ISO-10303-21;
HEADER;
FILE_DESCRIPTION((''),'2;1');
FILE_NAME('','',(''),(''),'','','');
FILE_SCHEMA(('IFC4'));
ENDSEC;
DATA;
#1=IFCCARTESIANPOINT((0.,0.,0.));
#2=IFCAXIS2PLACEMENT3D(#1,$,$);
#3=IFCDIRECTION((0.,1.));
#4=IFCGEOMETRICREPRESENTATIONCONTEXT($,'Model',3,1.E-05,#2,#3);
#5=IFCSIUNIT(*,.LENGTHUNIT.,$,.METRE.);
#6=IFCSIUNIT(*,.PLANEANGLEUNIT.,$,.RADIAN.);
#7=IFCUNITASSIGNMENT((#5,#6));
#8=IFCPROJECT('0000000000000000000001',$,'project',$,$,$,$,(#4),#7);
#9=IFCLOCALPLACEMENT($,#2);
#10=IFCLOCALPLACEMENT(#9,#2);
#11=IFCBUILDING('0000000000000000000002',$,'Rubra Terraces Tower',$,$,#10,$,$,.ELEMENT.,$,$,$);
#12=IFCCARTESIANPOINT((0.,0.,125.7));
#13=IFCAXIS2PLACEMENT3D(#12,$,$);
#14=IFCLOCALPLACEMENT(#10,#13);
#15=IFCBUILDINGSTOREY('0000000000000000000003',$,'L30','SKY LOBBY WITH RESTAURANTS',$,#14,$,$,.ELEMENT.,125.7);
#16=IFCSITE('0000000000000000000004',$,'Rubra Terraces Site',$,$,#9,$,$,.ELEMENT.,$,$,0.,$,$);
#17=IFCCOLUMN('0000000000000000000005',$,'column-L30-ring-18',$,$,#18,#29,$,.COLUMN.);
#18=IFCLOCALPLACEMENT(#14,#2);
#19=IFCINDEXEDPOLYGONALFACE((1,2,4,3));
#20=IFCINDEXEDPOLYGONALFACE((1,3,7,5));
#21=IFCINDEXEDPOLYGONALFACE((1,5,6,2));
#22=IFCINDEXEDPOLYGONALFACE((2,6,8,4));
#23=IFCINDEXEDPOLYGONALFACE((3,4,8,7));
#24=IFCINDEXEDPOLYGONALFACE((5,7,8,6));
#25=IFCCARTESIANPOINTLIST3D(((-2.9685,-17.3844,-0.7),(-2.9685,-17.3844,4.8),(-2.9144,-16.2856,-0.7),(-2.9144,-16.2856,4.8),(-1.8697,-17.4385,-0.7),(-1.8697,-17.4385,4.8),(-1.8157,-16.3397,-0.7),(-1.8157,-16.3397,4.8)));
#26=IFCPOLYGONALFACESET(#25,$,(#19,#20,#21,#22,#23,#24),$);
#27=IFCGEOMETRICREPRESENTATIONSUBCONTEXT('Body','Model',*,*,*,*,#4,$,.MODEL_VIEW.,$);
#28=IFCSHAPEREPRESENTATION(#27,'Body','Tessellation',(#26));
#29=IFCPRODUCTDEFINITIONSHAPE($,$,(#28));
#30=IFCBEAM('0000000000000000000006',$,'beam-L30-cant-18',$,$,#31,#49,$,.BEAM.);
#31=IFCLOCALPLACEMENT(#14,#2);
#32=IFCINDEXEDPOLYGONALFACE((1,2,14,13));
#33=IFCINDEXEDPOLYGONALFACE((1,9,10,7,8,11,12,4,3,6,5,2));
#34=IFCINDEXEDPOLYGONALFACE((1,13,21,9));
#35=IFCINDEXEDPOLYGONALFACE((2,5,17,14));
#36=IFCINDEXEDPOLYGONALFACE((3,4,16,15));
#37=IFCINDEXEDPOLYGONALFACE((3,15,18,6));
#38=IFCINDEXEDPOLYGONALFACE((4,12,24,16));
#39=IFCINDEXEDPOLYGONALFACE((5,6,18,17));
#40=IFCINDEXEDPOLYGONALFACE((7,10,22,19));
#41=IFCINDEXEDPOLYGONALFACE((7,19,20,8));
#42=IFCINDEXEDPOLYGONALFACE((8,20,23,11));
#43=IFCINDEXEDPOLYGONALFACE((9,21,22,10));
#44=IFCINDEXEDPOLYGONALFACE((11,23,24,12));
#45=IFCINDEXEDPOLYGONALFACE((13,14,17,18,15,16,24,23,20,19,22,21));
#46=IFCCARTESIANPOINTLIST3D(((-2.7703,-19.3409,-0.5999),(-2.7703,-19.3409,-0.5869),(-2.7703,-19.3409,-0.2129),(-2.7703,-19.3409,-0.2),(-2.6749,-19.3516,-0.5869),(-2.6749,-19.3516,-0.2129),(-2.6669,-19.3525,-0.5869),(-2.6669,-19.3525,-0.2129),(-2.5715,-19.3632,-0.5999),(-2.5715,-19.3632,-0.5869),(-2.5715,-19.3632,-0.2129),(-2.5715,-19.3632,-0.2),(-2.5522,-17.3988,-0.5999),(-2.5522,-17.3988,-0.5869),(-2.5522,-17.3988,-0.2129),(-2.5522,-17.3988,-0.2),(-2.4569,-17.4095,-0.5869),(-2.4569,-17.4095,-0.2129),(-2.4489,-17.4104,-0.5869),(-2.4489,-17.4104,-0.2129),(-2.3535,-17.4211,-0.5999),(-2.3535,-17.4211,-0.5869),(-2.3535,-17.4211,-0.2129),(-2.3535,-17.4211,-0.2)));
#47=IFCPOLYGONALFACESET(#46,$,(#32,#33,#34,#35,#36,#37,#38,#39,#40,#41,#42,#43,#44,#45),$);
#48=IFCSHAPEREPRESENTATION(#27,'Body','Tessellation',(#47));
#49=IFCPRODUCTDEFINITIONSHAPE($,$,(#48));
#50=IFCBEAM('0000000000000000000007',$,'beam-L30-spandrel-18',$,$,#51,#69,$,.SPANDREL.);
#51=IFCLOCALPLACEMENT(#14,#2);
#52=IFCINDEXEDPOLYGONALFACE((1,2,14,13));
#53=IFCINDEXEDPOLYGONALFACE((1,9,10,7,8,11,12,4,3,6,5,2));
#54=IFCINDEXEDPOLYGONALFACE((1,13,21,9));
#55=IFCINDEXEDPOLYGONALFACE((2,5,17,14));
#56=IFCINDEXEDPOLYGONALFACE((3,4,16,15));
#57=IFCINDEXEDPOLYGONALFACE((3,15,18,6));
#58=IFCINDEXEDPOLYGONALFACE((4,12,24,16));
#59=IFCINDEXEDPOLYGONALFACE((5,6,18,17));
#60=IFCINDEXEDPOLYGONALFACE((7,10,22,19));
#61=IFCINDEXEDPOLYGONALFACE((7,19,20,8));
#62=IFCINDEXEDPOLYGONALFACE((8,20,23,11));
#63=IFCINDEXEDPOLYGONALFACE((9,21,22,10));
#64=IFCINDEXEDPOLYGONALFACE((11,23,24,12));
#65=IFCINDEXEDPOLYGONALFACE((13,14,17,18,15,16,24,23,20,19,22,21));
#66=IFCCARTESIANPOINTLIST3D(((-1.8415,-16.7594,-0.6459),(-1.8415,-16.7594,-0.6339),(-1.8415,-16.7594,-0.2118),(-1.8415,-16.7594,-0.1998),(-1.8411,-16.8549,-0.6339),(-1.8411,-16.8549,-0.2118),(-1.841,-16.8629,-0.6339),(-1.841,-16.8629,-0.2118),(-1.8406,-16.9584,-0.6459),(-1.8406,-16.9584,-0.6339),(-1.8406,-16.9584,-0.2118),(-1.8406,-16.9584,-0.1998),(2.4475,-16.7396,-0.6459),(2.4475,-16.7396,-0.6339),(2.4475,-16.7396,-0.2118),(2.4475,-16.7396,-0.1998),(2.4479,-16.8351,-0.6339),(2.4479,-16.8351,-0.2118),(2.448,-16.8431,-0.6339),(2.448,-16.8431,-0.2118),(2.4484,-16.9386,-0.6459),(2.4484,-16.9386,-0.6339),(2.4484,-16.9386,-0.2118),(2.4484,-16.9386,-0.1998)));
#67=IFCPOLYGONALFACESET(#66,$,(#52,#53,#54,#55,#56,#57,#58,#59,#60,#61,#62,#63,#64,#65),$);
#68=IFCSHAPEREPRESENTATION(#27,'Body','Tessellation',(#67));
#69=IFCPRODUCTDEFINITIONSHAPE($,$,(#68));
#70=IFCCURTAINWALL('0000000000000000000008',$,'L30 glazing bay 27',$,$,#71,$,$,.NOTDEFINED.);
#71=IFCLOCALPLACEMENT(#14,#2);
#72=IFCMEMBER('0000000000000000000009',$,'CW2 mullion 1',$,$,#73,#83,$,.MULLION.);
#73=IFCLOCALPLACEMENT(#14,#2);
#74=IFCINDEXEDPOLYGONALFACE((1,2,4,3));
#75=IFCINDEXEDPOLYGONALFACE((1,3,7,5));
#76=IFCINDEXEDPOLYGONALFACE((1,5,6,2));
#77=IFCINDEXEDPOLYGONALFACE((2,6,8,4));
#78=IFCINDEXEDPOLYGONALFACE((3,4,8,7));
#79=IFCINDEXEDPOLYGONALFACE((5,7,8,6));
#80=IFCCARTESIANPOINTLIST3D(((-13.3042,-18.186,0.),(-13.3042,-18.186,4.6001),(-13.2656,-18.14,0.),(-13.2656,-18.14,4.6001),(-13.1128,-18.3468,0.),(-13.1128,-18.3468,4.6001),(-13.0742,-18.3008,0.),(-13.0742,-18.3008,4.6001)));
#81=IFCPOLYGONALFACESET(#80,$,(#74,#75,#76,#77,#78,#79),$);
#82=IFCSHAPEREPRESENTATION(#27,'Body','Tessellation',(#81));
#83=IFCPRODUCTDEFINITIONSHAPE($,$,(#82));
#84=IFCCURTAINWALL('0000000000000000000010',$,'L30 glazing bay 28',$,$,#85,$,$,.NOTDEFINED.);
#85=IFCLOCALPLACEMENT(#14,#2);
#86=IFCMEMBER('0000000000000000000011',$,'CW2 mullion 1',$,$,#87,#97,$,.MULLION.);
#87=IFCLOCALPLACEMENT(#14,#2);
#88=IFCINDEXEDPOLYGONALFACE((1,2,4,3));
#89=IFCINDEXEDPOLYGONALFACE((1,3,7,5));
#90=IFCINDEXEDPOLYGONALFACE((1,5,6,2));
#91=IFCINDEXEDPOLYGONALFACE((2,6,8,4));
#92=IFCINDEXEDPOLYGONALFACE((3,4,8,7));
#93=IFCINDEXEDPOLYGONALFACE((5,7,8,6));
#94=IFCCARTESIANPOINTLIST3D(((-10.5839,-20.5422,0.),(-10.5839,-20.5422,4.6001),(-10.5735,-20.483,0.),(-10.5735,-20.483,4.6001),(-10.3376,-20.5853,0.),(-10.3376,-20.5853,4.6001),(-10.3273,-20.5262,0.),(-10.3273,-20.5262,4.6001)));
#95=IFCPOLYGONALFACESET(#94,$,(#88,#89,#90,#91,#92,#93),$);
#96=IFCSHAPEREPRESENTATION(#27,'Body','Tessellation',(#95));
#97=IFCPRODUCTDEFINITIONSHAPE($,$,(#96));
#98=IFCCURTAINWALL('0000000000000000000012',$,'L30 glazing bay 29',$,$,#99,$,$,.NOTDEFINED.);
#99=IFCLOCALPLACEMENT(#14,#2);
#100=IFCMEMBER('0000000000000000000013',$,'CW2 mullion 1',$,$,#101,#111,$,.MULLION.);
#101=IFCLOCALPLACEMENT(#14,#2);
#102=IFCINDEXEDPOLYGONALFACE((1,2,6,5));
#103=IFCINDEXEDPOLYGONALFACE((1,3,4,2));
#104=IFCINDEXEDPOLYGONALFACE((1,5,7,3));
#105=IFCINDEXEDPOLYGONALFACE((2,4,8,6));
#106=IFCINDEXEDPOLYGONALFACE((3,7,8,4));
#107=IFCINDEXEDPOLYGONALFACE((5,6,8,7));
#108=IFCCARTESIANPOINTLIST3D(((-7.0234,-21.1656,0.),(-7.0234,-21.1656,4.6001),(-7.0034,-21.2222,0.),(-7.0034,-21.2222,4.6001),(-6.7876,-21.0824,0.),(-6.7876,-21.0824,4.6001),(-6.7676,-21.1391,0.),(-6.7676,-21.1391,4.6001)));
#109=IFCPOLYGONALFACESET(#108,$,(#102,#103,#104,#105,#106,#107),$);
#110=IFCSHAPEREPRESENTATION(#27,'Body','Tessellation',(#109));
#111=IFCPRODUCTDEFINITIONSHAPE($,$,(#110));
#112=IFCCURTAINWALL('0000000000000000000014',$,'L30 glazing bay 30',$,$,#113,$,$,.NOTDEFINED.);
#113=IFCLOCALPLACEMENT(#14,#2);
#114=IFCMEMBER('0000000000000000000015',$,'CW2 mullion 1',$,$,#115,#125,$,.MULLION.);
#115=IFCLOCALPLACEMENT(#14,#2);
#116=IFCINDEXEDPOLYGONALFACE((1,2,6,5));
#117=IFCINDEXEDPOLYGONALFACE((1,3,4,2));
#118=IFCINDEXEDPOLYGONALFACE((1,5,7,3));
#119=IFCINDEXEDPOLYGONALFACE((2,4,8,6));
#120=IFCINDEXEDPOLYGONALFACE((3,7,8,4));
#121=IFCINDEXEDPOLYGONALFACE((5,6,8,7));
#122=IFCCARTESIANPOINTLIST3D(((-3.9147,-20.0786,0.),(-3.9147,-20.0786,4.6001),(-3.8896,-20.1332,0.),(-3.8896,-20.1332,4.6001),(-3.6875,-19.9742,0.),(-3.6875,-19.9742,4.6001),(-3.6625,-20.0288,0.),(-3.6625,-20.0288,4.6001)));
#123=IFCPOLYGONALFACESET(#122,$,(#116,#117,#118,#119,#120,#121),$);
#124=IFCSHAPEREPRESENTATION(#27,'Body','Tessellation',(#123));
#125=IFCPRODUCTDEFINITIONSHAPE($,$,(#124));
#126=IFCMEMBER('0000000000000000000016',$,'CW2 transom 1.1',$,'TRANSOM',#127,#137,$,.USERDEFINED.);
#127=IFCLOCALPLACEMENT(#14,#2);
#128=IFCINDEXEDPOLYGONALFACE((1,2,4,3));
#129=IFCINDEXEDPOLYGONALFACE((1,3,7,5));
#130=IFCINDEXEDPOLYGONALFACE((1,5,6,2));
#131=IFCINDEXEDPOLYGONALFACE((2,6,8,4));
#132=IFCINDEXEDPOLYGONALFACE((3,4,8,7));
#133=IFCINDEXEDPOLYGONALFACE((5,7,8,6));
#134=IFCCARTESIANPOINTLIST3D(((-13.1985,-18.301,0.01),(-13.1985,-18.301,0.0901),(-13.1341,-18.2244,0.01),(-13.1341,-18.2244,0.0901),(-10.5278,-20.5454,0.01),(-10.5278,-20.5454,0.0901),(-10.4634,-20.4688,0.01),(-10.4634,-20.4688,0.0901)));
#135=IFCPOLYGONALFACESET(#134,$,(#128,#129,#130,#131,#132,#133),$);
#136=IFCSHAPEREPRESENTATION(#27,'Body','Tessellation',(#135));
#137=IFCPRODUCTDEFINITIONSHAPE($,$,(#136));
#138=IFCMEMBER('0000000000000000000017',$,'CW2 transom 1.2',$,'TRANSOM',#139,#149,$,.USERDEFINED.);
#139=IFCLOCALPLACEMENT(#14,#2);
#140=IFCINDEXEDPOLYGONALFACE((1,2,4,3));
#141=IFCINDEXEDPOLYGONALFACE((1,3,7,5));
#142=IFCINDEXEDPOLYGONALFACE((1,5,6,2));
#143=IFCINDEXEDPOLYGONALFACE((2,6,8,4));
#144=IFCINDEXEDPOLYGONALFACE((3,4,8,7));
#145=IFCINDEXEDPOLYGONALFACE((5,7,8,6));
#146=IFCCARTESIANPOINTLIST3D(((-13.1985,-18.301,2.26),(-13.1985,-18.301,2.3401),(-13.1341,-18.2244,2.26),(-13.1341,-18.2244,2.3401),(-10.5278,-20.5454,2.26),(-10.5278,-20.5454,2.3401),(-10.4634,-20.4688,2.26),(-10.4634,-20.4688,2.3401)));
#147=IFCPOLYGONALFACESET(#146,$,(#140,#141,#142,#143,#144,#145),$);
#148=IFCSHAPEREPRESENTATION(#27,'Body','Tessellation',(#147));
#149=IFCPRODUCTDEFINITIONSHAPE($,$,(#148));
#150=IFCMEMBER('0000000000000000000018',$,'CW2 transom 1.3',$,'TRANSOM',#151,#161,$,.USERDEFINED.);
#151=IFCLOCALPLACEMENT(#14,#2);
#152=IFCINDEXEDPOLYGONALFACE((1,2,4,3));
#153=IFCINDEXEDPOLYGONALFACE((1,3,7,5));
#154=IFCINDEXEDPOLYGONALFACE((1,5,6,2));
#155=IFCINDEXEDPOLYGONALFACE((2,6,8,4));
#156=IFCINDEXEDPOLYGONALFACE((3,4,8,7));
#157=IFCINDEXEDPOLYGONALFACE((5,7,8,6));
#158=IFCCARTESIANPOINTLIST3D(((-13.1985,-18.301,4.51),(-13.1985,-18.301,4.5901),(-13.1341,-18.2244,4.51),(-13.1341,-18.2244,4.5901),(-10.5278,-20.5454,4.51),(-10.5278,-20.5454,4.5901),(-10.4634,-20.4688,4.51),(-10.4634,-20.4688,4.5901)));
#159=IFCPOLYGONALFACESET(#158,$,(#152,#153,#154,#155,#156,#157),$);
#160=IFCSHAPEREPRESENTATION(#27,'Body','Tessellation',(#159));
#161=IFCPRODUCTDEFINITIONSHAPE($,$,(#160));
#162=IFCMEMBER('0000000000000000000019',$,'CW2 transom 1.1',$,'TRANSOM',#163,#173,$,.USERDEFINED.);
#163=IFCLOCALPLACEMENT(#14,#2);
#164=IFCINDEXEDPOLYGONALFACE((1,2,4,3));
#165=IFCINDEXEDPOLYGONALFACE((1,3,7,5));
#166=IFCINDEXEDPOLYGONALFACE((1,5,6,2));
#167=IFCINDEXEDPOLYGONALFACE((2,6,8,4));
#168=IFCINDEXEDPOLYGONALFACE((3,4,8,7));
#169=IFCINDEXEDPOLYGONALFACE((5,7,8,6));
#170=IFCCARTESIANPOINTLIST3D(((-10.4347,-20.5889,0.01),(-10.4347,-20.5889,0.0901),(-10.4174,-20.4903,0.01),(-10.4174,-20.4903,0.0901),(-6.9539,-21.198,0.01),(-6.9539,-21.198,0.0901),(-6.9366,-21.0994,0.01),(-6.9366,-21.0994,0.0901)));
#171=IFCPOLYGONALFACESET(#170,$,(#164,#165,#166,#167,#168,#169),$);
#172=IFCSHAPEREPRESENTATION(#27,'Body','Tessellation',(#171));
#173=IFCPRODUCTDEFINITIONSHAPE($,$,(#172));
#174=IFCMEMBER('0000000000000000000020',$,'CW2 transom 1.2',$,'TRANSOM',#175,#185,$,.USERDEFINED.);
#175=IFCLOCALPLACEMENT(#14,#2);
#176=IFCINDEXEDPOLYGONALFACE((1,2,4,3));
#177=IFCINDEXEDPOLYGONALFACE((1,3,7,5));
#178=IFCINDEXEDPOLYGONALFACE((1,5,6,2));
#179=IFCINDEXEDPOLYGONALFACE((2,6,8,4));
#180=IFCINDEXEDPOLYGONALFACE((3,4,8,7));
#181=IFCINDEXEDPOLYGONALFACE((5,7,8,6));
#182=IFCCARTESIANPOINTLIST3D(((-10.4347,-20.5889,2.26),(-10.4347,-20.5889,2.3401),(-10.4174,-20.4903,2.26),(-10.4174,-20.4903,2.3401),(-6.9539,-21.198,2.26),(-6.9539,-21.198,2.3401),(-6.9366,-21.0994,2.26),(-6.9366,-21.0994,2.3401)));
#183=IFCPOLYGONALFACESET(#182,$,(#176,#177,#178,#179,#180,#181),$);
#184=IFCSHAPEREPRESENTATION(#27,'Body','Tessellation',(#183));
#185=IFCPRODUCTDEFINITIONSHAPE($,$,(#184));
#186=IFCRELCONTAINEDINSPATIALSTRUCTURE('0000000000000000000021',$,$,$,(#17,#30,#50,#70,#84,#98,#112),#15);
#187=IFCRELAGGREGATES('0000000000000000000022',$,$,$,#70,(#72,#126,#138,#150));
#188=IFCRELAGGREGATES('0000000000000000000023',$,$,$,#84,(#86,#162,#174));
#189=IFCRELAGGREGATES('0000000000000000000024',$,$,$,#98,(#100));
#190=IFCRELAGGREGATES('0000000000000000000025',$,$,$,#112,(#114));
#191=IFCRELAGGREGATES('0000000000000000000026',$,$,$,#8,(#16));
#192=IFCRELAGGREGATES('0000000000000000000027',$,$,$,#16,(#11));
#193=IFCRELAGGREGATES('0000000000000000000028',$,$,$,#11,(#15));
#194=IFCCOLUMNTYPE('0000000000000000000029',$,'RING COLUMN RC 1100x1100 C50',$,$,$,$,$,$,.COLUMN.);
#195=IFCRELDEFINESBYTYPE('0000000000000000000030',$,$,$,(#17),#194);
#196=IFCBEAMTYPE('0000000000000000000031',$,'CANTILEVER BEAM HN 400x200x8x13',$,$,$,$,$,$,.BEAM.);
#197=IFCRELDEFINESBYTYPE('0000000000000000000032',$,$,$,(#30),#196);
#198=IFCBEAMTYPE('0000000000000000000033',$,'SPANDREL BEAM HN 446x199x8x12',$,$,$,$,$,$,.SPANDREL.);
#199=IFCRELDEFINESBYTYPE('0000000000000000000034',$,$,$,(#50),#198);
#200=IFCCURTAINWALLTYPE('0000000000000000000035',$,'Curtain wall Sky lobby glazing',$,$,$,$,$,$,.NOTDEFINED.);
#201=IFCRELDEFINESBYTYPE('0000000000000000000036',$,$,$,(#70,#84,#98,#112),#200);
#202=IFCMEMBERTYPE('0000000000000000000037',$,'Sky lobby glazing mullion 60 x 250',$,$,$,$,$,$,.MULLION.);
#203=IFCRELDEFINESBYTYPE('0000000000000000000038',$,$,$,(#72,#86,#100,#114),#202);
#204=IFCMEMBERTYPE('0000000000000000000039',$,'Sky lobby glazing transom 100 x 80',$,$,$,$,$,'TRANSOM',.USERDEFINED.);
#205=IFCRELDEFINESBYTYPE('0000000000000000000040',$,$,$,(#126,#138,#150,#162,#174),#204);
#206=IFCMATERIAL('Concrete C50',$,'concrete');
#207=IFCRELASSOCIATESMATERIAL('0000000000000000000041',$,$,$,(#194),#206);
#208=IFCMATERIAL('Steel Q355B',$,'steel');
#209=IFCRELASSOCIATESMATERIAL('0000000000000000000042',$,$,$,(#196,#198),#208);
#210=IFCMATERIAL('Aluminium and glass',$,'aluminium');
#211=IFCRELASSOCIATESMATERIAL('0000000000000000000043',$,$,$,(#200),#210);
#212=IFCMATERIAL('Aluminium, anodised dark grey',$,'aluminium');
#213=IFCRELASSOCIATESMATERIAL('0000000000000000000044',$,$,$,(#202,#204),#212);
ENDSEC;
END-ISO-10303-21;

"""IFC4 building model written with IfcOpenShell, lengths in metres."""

from ifc_helpers import new_model, si_unit, direction, frame, origin, origin_2d, place, context, subcontext, project, spatial, rectangle, i_section, extrude, material, material_profile, profile_set, type_object, element, aggregate, save


model = new_model("IFC4")

# Units and contexts
model_context = context("Model", 3, precision=1e-05, world=origin(), true_north=direction((0.0, 1.0)))
body_context = subcontext(model_context, "Body", "Model", "MODEL_VIEW")
ifc_project = project(units=[si_unit("LENGTHUNIT", "METRE"), si_unit("PLANEANGLEUNIT", "RADIAN")], contexts=[model_context])

# Site, building, storey
site_placement = place(None, origin())
site = spatial("IfcSite", under=ifc_project, at=site_placement, Name="Rubra Terraces Site", CompositionType="ELEMENT", RefElevation=0.0)
building_placement = place(site_placement, origin())
building = spatial("IfcBuilding", under=site, at=building_placement, Name="Rubra Terraces Tower", CompositionType="ELEMENT")
storey_placement = place(building_placement, frame((0.0, 0.0, 125.7)))
storey = spatial("IfcBuildingStorey", under=building, at=storey_placement, Name="L30", Description="SKY LOBBY WITH RESTAURANTS", CompositionType="ELEMENT", Elevation=125.7)

# Column
ifc_material_1 = material(Name="Concrete C50", Category="concrete")
ifc_material_profile_1 = material_profile(ifc_material_1, rectangle(XDim=1.1001, YDim=1.1001, at=origin_2d()), Name="RC 1100x1100")
ifc_profile_set_1 = profile_set([ifc_material_profile_1], Name="Concrete C50")
column_type = type_object("IfcColumnType", Name="RING COLUMN RC 1100x1100 C50", PredefinedType="COLUMN", material=ifc_profile_set_1)
column_placement = place(storey_placement, frame((-2.3921, -16.8621, -0.7), z_axis=(0.0, 0.0, 1.0), x_axis=(0.998791, -0.04915, 0.0)))
element("IfcColumn", 1, at=column_placement, inside=storey, type_object=column_type, Name="column-L30-ring-18", PredefinedType="COLUMN", context=body_context, shape_type="SweptSolid", body=[
    extrude(rectangle(XDim=1.1001, YDim=1.1001, at=origin_2d()), origin(), (0.0, 0.0, 1.0), 5.5),
])

# Beams
ifc_material_2 = material(Name="Steel Q355B", Category="steel")
ifc_material_profile_2 = material_profile(ifc_material_2, i_section(OverallWidth=0.2, OverallDepth=0.3999, WebThickness=0.0081, FlangeThickness=0.0129, at=origin_2d()), Name="HN 400x200x8x13")
ifc_profile_set_2 = profile_set([ifc_material_profile_2], Name="Steel Q355B")
beam_type_1 = type_object("IfcBeamType", Name="CANTILEVER BEAM HN 400x200x8x13", PredefinedType="BEAM", material=ifc_profile_set_2)
beam_1_placement = place(storey_placement, frame((-2.4529, -17.4099, -0.3999), z_axis=(-0.111556, -0.993758, 0.0), x_axis=(0.993758, -0.111556, 0.0)))
element("IfcBeam", 2, at=beam_1_placement, inside=storey, type_object=beam_type_1, Name="beam-L30-cant-18", PredefinedType="BEAM", context=body_context, shape_type="SweptSolid", body=[
    extrude(i_section(OverallWidth=0.2, OverallDepth=0.3999, WebThickness=0.0081, FlangeThickness=0.0129, at=origin_2d()), origin(), (0.0, 0.0, 1.0), 1.9543),
])
ifc_material_profile_3 = material_profile(ifc_material_2, i_section(OverallWidth=0.199, OverallDepth=0.446, WebThickness=0.0081, FlangeThickness=0.012, at=origin_2d()), Name="HN 446x199x8x12")
ifc_profile_set_3 = profile_set([ifc_material_profile_3], Name="Steel Q355B")
beam_type_2 = type_object("IfcBeamType", Name="SPANDREL BEAM HN 446x199x8x12", PredefinedType="SPANDREL", material=ifc_profile_set_3)
beam_2_placement = place(storey_placement, frame((-1.8411, -16.8589, -0.4229), z_axis=(0.999989, 0.004611, 0.0), x_axis=(-0.004611, 0.999989, 0.0)))
element("IfcBeam", 3, at=beam_2_placement, inside=storey, type_object=beam_type_2, Name="beam-L30-spandrel-18", PredefinedType="SPANDREL", context=body_context, shape_type="SweptSolid", body=[
    extrude(i_section(OverallWidth=0.199, OverallDepth=0.446, WebThickness=0.0081, FlangeThickness=0.012, at=origin_2d()), origin(), (0.0, 0.0, 1.0), 4.2891),
])

# Curtain walls, members
ifc_material_3 = material(Name="Aluminium and glass", Category="aluminium")
curtain_wall_type = type_object("IfcCurtainWallType", Name="Curtain wall Sky lobby glazing", PredefinedType="NOTDEFINED", material=ifc_material_3)
curtain_wall_1_placement = place(storey_placement, origin())
curtain_wall_1 = element("IfcCurtainWall", 4, at=curtain_wall_1_placement, inside=storey, type_object=curtain_wall_type, Name="L30 glazing bay 27", PredefinedType="NOTDEFINED")
ifc_material_4 = material(Name="Aluminium, anodised dark grey", Category="aluminium")
ifc_material_profile_4 = material_profile(ifc_material_4, rectangle(XDim=0.0601, YDim=0.25, at=origin_2d()), Name="AL 60x250")
ifc_profile_set_4 = profile_set([ifc_material_profile_4], Name="Aluminium, anodised dark grey")
member_type_1 = type_object("IfcMemberType", Name="Sky lobby glazing mullion 60 x 250", PredefinedType="MULLION", material=ifc_profile_set_4)
member_1_placement = place(storey_placement, frame((-13.1892, -18.2434, 0.0), z_axis=(0.0, 0.0, 1.0), x_axis=(0.643371, 0.765555, 0.0)))
member_1 = element("IfcMember", 5, at=member_1_placement, type_object=member_type_1, Name="CW2 mullion 1", PredefinedType="MULLION", context=body_context, shape_type="SweptSolid", body=[
    extrude(rectangle(XDim=0.0601, YDim=0.25, at=origin_2d()), origin(), (0.0, 0.0, 1.0), 4.6001),
])
curtain_wall_2_placement = place(storey_placement, origin())
curtain_wall_2 = element("IfcCurtainWall", 6, at=curtain_wall_2_placement, inside=storey, type_object=curtain_wall_type, Name="L30 glazing bay 28", PredefinedType="NOTDEFINED")
member_2_placement = place(storey_placement, frame((-10.4556, -20.5342, 0.0), z_axis=(0.0, 0.0, 1.0), x_axis=(0.172427, 0.985022, 0.0)))
member_2 = element("IfcMember", 7, at=member_2_placement, type_object=member_type_1, Name="CW2 mullion 1", PredefinedType="MULLION", context=body_context, shape_type="SweptSolid", body=[
    extrude(rectangle(XDim=0.0601, YDim=0.25, at=origin_2d()), origin(), (0.0, 0.0, 1.0), 4.6001),
])
curtain_wall_3_placement = place(storey_placement, origin())
curtain_wall_3 = element("IfcCurtainWall", 8, at=curtain_wall_3_placement, inside=storey, type_object=curtain_wall_type, Name="L30 glazing bay 29", PredefinedType="NOTDEFINED")
member_3_placement = place(storey_placement, frame((-6.8955, -21.1523, 0.0), z_axis=(0.0, 0.0, 1.0), x_axis=(-0.332659, 0.943047, 0.0)))
member_3 = element("IfcMember", 9, at=member_3_placement, type_object=member_type_1, Name="CW2 mullion 1", PredefinedType="MULLION", context=body_context, shape_type="SweptSolid", body=[
    extrude(rectangle(XDim=0.0601, YDim=0.25, at=origin_2d()), origin(), (0.0, 0.0, 1.0), 4.6001),
])
curtain_wall_4_placement = place(storey_placement, origin())
curtain_wall_4 = element("IfcCurtainWall", 10, at=curtain_wall_4_placement, inside=storey, type_object=curtain_wall_type, Name="L30 glazing bay 30", PredefinedType="NOTDEFINED")
member_4_placement = place(storey_placement, frame((-3.7886, -20.0537, 0.0), z_axis=(0.0, 0.0, 1.0), x_axis=(-0.417477, 0.908687, 0.0)))
member_4 = element("IfcMember", 11, at=member_4_placement, type_object=member_type_1, Name="CW2 mullion 1", PredefinedType="MULLION", context=body_context, shape_type="SweptSolid", body=[
    extrude(rectangle(XDim=0.0601, YDim=0.25, at=origin_2d()), origin(), (0.0, 0.0, 1.0), 4.6001),
])

# Members
ifc_material_profile_5 = material_profile(ifc_material_4, rectangle(XDim=0.1001, YDim=0.0801, at=origin_2d()), Name="AL 100x80")
ifc_profile_set_5 = profile_set([ifc_material_profile_5], Name="Aluminium, anodised dark grey")
member_type_2 = type_object("IfcMemberType", Name="Sky lobby glazing transom 100 x 80", ElementType="TRANSOM", PredefinedType="USERDEFINED", material=ifc_profile_set_5)
member_5_placement = place(storey_placement, frame((-13.1663, -18.2627, 0.05), z_axis=(0.765559, -0.643366, 0.0), x_axis=(0.643366, 0.765559, 0.0)))
member_5 = element("IfcMember", 12, at=member_5_placement, type_object=member_type_2, Name="CW2 transom 1.1", ObjectType="TRANSOM", PredefinedType="USERDEFINED", context=body_context, shape_type="SweptSolid", body=[
    extrude(rectangle(XDim=0.1001, YDim=0.0801, at=origin_2d()), origin(), (0.0, 0.0, 1.0), 3.4885),
])
member_6_placement = place(storey_placement, frame((-13.1663, -18.2627, 2.3), z_axis=(0.765559, -0.643366, 0.0), x_axis=(0.643366, 0.765559, 0.0)))
member_6 = element("IfcMember", 13, at=member_6_placement, type_object=member_type_2, Name="CW2 transom 1.2", ObjectType="TRANSOM", PredefinedType="USERDEFINED", context=body_context, shape_type="SweptSolid", body=[
    extrude(rectangle(XDim=0.1001, YDim=0.0801, at=origin_2d()), origin(), (0.0, 0.0, 1.0), 3.4885),
])
member_7_placement = place(storey_placement, frame((-13.1663, -18.2627, 4.55), z_axis=(0.765559, -0.643366, 0.0), x_axis=(0.643366, 0.765559, 0.0)))
member_7 = element("IfcMember", 14, at=member_7_placement, type_object=member_type_2, Name="CW2 transom 1.3", ObjectType="TRANSOM", PredefinedType="USERDEFINED", context=body_context, shape_type="SweptSolid", body=[
    extrude(rectangle(XDim=0.1001, YDim=0.0801, at=origin_2d()), origin(), (0.0, 0.0, 1.0), 3.4885),
])
member_8_placement = place(storey_placement, frame((-10.426, -20.5396, 0.05), z_axis=(0.98503, -0.172382, 0.0), x_axis=(0.172382, 0.98503, 0.0)))
member_8 = element("IfcMember", 15, at=member_8_placement, type_object=member_type_2, Name="CW2 transom 1.1", ObjectType="TRANSOM", PredefinedType="USERDEFINED", context=body_context, shape_type="SweptSolid", body=[
    extrude(rectangle(XDim=0.1001, YDim=0.0801, at=origin_2d()), origin(), (0.0, 0.0, 1.0), 3.5337),
])
member_9_placement = place(storey_placement, frame((-10.426, -20.5396, 2.3), z_axis=(0.98503, -0.172382, 0.0), x_axis=(0.172382, 0.98503, 0.0)))
member_9 = element("IfcMember", 16, at=member_9_placement, type_object=member_type_2, Name="CW2 transom 1.2", ObjectType="TRANSOM", PredefinedType="USERDEFINED", context=body_context, shape_type="SweptSolid", body=[
    extrude(rectangle(XDim=0.1001, YDim=0.0801, at=origin_2d()), origin(), (0.0, 0.0, 1.0), 3.5337),
])

aggregate(curtain_wall_1, [member_1, member_5, member_6, member_7])
aggregate(curtain_wall_2, [member_2, member_8, member_9])
aggregate(curtain_wall_3, [member_3])
aggregate(curtain_wall_4, [member_4])

save(model, "model.ifc")
